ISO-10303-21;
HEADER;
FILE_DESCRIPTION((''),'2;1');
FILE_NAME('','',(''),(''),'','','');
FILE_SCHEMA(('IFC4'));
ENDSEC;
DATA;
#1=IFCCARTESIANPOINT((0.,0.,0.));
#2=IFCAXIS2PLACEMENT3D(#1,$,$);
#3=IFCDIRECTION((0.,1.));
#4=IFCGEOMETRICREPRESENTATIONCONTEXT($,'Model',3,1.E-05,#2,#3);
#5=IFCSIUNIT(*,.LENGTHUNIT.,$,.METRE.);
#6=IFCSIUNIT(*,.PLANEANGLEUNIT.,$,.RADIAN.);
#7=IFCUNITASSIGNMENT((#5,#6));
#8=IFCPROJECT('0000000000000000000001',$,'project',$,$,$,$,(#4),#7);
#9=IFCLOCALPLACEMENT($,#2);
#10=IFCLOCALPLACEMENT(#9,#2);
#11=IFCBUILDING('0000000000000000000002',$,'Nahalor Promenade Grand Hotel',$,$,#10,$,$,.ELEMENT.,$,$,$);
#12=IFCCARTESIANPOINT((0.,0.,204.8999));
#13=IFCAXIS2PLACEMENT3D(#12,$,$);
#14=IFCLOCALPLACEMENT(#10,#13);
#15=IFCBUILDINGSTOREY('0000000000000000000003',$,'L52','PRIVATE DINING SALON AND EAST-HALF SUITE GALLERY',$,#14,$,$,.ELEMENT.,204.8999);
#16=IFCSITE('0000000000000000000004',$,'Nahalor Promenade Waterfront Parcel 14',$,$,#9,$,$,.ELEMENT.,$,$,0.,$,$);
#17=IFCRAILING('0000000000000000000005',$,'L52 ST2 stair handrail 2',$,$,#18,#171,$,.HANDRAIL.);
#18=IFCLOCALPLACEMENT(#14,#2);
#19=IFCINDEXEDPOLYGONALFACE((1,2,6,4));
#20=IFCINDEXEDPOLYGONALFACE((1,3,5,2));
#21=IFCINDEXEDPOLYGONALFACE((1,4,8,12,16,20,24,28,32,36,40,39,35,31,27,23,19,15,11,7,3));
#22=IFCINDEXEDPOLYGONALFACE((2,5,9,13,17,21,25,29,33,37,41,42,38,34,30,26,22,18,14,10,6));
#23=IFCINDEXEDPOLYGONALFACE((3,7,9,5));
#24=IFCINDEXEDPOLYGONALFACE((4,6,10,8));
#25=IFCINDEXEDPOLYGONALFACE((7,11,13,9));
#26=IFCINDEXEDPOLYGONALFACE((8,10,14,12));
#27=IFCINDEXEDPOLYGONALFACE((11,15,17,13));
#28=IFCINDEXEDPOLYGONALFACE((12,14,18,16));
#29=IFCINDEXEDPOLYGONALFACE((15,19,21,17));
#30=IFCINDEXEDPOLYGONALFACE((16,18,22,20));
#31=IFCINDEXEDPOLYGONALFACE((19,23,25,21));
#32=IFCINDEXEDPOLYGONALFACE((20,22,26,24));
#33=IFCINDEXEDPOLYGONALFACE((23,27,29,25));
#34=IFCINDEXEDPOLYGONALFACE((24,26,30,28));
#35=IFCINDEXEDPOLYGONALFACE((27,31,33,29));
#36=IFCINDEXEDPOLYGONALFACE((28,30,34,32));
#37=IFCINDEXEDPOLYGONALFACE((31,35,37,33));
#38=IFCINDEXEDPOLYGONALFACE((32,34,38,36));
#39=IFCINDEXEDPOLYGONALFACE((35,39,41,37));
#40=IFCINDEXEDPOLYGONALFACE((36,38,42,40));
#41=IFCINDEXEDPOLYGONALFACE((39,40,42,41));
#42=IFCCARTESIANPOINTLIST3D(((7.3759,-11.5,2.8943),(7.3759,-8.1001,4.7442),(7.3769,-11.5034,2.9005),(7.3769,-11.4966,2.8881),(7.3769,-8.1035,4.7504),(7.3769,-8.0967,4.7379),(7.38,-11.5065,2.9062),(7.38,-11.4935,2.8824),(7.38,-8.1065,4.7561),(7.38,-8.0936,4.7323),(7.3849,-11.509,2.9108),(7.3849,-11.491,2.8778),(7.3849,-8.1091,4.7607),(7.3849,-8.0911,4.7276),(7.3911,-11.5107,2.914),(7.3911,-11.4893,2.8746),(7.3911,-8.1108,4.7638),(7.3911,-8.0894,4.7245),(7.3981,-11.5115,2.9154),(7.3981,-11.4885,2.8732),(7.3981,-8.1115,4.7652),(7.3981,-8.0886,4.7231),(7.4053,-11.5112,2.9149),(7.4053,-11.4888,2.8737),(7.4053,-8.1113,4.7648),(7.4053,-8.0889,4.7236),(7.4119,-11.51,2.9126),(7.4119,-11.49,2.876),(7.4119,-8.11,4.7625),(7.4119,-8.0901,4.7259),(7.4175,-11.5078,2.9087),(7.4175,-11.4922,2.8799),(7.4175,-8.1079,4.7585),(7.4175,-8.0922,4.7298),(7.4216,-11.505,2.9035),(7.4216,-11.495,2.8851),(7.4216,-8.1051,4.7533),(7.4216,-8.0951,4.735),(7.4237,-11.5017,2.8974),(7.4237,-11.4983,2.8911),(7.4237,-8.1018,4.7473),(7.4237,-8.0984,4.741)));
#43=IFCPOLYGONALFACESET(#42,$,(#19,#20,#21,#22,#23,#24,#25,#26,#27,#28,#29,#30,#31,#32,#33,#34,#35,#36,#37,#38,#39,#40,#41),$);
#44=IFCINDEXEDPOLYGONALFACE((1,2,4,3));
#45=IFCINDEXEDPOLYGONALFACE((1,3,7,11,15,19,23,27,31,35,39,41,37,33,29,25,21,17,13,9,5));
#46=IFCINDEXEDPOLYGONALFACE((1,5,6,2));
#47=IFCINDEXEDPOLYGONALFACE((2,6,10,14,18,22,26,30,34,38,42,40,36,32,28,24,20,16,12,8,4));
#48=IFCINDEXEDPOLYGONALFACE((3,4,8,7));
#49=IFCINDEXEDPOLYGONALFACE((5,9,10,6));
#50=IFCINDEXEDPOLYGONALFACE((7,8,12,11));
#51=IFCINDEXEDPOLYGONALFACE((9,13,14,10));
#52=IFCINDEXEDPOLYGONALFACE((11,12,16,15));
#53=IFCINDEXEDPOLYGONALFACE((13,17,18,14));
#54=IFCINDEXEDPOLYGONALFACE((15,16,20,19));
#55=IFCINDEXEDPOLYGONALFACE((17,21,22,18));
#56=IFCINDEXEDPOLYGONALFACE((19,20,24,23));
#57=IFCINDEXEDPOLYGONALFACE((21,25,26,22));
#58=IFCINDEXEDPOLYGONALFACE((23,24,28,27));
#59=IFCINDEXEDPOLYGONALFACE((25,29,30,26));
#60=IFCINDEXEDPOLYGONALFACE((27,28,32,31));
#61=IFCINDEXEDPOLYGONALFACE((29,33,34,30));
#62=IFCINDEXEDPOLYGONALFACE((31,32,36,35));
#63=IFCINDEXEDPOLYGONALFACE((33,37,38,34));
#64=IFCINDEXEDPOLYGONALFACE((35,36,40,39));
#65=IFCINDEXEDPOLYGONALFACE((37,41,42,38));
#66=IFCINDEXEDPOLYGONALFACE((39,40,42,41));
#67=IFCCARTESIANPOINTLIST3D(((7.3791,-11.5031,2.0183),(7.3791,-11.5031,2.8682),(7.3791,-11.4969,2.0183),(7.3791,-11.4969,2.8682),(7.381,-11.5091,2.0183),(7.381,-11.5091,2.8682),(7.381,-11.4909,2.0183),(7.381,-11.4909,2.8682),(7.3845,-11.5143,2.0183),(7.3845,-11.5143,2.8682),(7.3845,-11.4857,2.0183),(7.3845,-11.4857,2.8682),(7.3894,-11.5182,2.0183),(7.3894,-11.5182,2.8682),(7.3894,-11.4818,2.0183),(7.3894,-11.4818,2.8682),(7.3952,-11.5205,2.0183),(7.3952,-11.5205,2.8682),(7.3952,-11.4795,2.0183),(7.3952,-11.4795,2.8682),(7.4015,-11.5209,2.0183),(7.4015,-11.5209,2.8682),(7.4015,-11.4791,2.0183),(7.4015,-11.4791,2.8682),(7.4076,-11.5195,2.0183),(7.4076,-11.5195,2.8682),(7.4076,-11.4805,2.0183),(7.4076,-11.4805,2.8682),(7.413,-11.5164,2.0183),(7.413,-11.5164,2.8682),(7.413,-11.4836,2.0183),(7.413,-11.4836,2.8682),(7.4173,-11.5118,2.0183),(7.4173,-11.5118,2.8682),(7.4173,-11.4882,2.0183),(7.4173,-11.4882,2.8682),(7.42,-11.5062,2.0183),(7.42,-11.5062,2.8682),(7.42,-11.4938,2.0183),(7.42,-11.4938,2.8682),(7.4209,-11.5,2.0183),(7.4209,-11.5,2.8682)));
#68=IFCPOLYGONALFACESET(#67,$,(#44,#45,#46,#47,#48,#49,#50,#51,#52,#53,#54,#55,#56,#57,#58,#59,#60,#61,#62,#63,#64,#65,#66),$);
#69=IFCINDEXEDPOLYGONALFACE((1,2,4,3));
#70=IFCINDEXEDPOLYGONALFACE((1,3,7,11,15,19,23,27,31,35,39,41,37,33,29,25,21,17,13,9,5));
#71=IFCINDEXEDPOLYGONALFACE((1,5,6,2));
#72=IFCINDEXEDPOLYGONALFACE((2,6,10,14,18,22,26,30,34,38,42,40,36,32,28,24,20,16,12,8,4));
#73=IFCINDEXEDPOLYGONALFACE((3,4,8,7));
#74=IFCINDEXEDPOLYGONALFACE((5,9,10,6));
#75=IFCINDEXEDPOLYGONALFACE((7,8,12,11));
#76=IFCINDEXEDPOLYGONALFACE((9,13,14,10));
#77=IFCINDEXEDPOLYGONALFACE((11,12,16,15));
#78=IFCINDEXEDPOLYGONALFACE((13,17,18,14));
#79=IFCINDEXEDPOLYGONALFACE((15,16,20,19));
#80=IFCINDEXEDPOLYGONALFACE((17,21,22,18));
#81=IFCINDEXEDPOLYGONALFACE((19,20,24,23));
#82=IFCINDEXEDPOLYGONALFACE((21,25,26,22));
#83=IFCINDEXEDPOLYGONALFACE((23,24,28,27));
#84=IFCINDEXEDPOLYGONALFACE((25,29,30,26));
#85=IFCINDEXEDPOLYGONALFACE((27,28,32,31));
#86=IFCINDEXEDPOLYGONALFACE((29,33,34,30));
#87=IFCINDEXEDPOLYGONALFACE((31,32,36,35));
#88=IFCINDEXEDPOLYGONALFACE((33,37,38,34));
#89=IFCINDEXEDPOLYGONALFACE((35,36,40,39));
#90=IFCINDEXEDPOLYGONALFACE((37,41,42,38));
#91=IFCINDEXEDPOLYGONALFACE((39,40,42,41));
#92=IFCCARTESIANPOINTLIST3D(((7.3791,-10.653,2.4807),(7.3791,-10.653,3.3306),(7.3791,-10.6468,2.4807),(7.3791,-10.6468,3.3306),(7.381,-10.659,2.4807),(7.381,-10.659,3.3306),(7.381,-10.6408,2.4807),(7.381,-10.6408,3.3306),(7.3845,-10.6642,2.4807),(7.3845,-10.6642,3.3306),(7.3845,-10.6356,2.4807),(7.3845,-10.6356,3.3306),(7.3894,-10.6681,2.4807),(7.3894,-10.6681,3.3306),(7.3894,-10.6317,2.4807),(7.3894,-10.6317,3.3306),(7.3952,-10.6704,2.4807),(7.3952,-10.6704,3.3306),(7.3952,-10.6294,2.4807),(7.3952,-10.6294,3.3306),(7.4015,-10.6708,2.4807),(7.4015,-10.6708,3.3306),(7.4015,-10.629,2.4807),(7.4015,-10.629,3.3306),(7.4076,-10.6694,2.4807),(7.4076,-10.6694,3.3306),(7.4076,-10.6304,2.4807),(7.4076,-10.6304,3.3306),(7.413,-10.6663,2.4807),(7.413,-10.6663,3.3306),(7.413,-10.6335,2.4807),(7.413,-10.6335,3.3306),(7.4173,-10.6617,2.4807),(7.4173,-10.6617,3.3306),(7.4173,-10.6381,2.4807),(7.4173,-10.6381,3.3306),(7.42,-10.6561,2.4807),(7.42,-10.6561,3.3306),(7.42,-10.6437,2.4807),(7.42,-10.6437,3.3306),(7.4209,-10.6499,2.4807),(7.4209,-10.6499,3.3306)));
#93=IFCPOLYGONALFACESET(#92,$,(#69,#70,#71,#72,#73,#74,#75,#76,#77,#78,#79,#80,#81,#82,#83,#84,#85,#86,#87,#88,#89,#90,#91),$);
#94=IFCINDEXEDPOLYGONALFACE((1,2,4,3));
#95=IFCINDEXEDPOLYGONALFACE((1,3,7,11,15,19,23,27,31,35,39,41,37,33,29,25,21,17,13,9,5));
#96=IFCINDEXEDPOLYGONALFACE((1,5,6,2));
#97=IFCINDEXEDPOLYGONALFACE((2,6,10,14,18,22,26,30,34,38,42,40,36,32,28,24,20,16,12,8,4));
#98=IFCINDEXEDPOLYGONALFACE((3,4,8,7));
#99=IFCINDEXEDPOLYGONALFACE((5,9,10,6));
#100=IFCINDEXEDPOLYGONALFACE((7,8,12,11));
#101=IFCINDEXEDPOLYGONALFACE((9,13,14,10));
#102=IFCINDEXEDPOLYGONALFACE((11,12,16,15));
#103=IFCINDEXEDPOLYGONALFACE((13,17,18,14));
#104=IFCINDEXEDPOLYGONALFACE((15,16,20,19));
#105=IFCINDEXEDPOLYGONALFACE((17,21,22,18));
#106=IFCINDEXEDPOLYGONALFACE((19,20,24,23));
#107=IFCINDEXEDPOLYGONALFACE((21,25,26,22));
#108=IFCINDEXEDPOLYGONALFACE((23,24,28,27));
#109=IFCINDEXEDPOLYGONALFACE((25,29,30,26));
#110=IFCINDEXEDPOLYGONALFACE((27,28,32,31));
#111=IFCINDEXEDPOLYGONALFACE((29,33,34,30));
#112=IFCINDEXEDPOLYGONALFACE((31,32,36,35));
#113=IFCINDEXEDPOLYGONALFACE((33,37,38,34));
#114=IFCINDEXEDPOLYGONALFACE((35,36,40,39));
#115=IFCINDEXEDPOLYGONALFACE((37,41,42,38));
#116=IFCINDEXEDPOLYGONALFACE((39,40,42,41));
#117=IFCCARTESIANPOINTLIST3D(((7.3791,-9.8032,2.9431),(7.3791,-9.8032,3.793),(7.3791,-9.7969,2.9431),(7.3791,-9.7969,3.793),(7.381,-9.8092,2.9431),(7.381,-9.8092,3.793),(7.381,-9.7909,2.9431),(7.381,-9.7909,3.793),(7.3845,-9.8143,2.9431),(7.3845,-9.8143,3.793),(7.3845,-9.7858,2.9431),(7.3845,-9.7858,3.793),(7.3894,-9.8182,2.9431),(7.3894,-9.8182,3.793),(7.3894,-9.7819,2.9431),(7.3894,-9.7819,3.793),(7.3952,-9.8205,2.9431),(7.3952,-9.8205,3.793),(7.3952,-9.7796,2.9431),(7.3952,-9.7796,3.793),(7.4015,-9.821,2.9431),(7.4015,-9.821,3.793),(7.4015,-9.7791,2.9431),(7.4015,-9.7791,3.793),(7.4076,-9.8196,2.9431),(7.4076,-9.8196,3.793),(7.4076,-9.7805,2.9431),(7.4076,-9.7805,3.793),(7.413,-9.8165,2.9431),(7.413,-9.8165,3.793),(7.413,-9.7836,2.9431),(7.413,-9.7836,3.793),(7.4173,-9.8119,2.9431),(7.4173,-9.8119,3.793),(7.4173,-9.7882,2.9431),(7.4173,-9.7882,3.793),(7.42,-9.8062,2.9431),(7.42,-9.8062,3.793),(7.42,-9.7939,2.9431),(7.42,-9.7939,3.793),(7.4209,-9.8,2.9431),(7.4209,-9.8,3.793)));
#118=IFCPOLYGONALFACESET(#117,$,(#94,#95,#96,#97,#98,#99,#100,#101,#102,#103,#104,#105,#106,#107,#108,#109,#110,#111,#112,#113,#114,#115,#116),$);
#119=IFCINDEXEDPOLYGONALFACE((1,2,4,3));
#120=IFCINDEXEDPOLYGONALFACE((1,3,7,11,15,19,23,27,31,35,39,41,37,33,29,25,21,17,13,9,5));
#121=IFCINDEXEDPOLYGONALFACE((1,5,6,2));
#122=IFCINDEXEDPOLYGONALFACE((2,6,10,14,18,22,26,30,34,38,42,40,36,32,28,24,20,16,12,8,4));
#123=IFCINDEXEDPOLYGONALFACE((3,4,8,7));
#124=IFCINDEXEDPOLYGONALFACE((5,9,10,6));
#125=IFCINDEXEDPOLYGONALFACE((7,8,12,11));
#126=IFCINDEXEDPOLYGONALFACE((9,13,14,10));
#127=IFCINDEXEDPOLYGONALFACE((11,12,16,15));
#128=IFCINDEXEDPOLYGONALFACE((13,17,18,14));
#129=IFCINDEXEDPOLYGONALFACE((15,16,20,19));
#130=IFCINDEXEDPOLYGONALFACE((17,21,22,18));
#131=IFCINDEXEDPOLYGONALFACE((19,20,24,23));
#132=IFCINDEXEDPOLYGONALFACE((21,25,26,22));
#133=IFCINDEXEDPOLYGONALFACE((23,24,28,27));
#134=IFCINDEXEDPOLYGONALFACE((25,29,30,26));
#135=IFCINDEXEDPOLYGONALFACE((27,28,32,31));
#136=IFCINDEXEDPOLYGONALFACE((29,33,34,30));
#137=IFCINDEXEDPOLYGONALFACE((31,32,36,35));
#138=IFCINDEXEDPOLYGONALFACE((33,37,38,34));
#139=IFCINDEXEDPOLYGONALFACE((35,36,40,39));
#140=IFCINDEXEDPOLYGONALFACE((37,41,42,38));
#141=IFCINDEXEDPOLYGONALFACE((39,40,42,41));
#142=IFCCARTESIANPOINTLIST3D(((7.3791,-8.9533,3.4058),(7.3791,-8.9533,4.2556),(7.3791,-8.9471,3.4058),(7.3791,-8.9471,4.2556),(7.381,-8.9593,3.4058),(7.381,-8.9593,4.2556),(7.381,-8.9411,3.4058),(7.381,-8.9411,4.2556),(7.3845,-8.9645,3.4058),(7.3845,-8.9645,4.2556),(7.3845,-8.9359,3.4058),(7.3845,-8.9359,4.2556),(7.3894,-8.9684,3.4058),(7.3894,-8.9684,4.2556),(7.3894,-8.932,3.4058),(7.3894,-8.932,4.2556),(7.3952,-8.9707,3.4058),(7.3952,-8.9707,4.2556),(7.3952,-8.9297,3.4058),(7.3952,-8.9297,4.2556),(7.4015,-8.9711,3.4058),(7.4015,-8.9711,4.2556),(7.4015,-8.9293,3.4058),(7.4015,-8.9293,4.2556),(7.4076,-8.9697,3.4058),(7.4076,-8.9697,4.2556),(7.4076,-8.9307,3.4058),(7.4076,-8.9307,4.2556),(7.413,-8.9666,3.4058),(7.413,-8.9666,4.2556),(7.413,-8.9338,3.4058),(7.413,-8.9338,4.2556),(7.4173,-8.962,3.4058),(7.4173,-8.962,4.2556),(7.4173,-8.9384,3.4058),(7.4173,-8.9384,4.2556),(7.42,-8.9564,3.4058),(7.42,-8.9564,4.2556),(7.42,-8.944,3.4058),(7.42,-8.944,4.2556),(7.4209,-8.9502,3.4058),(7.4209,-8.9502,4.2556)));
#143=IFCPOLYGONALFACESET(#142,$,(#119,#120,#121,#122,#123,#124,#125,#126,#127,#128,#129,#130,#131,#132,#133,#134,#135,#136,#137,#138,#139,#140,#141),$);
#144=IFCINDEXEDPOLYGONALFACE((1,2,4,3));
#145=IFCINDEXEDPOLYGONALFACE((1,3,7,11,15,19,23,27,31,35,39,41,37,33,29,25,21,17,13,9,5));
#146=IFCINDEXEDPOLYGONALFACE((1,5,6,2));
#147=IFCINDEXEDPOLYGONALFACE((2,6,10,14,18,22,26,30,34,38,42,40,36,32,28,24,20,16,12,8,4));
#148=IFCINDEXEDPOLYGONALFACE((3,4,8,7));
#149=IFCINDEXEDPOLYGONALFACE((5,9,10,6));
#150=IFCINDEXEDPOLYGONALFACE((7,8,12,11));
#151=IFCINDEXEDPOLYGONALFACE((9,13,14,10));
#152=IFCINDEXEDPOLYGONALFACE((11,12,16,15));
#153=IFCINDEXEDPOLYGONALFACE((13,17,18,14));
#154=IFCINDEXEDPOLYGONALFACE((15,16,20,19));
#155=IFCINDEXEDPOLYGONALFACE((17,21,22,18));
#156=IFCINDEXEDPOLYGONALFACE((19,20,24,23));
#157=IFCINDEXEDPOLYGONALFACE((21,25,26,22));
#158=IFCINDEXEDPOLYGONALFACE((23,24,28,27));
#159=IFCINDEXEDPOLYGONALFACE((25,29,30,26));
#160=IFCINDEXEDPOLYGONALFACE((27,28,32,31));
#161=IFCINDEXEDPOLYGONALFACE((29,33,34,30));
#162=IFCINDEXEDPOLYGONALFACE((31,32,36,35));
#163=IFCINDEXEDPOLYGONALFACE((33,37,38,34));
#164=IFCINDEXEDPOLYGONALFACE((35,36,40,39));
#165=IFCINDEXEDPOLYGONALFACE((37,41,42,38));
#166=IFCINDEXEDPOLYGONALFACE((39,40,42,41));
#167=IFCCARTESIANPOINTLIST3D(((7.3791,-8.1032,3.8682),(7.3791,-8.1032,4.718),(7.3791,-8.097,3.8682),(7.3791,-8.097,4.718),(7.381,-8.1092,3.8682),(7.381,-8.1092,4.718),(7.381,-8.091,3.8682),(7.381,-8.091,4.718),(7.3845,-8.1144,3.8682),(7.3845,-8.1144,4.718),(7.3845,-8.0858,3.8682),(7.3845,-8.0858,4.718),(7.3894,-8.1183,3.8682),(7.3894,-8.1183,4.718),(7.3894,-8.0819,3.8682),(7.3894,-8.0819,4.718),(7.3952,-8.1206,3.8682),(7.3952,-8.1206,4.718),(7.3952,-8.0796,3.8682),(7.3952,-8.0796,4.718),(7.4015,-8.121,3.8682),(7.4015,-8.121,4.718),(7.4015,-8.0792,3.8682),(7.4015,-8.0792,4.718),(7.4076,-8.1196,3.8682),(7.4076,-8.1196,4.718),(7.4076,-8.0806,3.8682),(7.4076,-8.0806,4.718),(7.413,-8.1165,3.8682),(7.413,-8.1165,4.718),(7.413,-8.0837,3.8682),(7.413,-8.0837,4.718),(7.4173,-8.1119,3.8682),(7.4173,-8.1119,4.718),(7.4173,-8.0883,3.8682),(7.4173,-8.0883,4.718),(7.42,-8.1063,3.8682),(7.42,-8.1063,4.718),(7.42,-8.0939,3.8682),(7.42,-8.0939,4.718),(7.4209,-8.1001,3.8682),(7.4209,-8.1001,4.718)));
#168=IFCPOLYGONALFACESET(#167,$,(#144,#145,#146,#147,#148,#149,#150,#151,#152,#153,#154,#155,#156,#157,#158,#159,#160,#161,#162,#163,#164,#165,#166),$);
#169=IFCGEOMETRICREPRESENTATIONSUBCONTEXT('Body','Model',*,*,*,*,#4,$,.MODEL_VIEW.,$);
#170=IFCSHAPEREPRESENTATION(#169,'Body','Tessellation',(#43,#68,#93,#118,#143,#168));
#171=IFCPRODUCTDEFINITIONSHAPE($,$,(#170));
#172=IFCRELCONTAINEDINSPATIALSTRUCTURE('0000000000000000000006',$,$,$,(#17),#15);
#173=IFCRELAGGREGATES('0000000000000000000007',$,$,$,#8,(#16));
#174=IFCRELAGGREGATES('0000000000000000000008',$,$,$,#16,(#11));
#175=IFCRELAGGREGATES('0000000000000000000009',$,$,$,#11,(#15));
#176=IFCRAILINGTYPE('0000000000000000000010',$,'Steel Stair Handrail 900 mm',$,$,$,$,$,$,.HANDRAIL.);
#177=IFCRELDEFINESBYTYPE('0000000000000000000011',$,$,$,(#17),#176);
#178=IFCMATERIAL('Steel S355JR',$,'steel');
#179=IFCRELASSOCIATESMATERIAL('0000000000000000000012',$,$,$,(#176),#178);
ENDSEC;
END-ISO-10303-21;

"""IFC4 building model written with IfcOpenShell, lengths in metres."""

from ifc_helpers import new_model, si_unit, direction, frame, origin, origin_2d, place, context, subcontext, project, spatial, circle, extrude, material, type_object, element, save


model = new_model("IFC4")

# Units and contexts
model_context = context("Model", 3, precision=1e-05, world=origin(), true_north=direction((0.0, 1.0)))
body_context = subcontext(model_context, "Body", "Model", "MODEL_VIEW")
ifc_project = project(units=[si_unit("LENGTHUNIT", "METRE"), si_unit("PLANEANGLEUNIT", "RADIAN")], contexts=[model_context])

# Site, building, storey
site_placement = place(None, origin())
site = spatial("IfcSite", under=ifc_project, at=site_placement, Name="Nahalor Promenade Waterfront Parcel 14", CompositionType="ELEMENT", RefElevation=0.0)
building_placement = place(site_placement, origin())
building = spatial("IfcBuilding", under=site, at=building_placement, Name="Nahalor Promenade Grand Hotel", CompositionType="ELEMENT")
storey_placement = place(building_placement, frame((0.0, 0.0, 204.8999)))
storey = spatial("IfcBuildingStorey", under=building, at=storey_placement, Name="L52", Description="PRIVATE DINING SALON AND EAST-HALF SUITE GALLERY", CompositionType="ELEMENT", Elevation=204.8999)

# Shared definitions
ifc_material_1 = material(Name="Steel S355JR", Category="steel")

# Railing
railing_type_1 = type_object("IfcRailingType", Name="Steel Stair Handrail 900 mm", PredefinedType="HANDRAIL", material=ifc_material_1)
railing_1_placement = place(storey_placement, frame((7.3999, -11.5, 2.0183)))
element("IfcRailing", 1, at=railing_1_placement, inside=storey, type_object=railing_type_1, Name="L52 ST2 stair handrail 2", PredefinedType="HANDRAIL", context=body_context, shape_type="SweptSolid", body=[
    extrude(circle(Radius=0.024, at=origin_2d()), frame((0.0, 0.0, 0.876), z_axis=(0.0, 0.878399, 0.477928), x_axis=(-1.0, 0.0, 0.0)), (0.0, 0.0, 1.0), 3.8706),
    extrude(circle(Radius=0.021, at=origin_2d()), origin(), (0.0, 0.0, 1.0), 0.8499),
    extrude(circle(Radius=0.021, at=origin_2d()), frame((0.0, 0.8501, 0.4624)), (0.0, 0.0, 1.0), 0.8499),
    extrude(circle(Radius=0.021, at=origin_2d()), frame((0.0, 1.7, 0.9248)), (0.0, 0.0, 1.0), 0.8499),
    extrude(circle(Radius=0.021, at=origin_2d()), frame((0.0, 2.5498, 1.3875)), (0.0, 0.0, 1.0), 0.8499),
    extrude(circle(Radius=0.021, at=origin_2d()), frame((0.0, 3.3999, 1.8499)), (0.0, 0.0, 1.0), 0.8499),
])

save(model, "model.ifc")
